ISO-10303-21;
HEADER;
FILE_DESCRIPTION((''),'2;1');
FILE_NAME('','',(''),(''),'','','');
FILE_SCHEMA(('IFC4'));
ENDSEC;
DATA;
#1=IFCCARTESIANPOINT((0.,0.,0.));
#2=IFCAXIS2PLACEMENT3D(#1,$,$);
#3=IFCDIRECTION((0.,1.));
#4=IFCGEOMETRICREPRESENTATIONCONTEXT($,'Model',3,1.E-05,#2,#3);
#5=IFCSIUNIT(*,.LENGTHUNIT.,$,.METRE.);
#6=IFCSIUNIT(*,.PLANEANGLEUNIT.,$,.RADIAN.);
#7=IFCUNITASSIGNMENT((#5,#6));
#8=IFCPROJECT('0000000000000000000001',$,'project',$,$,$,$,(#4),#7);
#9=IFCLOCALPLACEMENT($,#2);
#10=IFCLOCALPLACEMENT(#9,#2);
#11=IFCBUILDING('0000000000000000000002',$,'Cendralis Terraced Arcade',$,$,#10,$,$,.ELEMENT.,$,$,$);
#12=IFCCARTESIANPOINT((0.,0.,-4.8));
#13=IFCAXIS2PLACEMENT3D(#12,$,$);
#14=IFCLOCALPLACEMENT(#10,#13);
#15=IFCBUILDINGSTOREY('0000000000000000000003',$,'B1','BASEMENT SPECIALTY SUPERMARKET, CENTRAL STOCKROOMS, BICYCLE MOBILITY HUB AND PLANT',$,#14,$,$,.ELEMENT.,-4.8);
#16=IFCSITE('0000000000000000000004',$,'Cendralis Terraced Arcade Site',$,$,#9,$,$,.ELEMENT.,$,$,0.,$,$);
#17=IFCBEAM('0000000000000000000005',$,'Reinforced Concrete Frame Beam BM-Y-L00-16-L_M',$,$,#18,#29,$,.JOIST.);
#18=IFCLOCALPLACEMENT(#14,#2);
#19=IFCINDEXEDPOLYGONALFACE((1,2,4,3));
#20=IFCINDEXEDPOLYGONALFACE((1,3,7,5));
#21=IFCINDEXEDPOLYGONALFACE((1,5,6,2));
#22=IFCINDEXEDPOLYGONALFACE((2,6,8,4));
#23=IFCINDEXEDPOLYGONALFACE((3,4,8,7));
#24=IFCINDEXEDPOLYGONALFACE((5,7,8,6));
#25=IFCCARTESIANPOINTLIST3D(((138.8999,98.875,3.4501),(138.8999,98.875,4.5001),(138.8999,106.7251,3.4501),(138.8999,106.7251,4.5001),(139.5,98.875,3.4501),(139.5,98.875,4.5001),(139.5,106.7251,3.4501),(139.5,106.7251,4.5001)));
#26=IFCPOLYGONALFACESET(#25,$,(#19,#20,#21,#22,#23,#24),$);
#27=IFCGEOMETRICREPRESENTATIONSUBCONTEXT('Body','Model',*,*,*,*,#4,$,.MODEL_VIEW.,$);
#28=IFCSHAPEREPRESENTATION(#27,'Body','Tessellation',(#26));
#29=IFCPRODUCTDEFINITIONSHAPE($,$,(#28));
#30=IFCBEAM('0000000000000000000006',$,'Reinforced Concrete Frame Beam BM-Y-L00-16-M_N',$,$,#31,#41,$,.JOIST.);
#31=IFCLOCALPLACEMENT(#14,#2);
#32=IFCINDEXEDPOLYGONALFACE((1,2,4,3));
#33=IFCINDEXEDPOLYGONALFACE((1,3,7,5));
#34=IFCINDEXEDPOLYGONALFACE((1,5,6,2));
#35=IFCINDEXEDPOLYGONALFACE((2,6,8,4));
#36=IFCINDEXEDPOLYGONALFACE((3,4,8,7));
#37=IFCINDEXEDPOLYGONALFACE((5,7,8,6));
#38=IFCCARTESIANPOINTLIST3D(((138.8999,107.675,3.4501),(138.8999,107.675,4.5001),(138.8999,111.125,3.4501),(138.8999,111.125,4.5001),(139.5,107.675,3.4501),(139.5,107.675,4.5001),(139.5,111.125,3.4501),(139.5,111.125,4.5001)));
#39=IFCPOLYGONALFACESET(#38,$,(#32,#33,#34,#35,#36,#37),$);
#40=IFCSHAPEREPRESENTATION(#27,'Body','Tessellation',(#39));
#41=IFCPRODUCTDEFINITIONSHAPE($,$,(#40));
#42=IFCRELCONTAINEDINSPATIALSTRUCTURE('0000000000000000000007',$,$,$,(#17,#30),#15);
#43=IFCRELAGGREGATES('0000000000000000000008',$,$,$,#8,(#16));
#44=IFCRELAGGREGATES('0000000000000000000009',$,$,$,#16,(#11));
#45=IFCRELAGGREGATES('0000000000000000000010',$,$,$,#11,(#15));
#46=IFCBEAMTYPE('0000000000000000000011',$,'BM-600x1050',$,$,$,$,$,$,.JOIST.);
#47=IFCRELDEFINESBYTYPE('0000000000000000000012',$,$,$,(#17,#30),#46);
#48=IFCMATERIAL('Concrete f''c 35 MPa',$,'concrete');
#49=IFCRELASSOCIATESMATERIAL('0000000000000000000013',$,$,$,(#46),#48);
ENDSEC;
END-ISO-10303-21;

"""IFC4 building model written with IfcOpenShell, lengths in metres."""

from ifc_helpers import new_model, si_unit, direction, frame, origin, origin_2d, place, context, subcontext, project, spatial, rectangle, extrude, material, material_profile, profile_set, type_object, element, save


model = new_model("IFC4")

# Units and contexts
model_context = context("Model", 3, precision=1e-05, world=origin(), true_north=direction((0.0, 1.0)))
body_context = subcontext(model_context, "Body", "Model", "MODEL_VIEW")
ifc_project = project(units=[si_unit("LENGTHUNIT", "METRE"), si_unit("PLANEANGLEUNIT", "RADIAN")], contexts=[model_context])

# Site, building, storey
site_placement = place(None, origin())
site = spatial("IfcSite", under=ifc_project, at=site_placement, Name="Cendralis Terraced Arcade Site", CompositionType="ELEMENT", RefElevation=0.0)
building_placement = place(site_placement, origin())
building = spatial("IfcBuilding", under=site, at=building_placement, Name="Cendralis Terraced Arcade", CompositionType="ELEMENT")
storey_placement = place(building_placement, frame((0.0, 0.0, -4.8)))
storey = spatial("IfcBuildingStorey", under=building, at=storey_placement, Name="B1", Description="BASEMENT SPECIALTY SUPERMARKET, CENTRAL STOCKROOMS, BICYCLE MOBILITY HUB AND PLANT", CompositionType="ELEMENT", Elevation=-4.8)

# Shared definitions
ifc_material_1 = material(Name="Concrete f'c 35 MPa", Category="concrete")

# Beams
ifc_material_profile_1 = material_profile(ifc_material_1, rectangle(XDim=0.6001, YDim=1.05, at=origin_2d()), Name="RC-BM-600x1050", Category="LoadBearing")
ifc_profile_set_1 = profile_set([ifc_material_profile_1], Name="Concrete f'c 35 MPa")
beam_type = type_object("IfcBeamType", Name="BM-600x1050", PredefinedType="JOIST", material=ifc_profile_set_1)
beam_1_placement = place(storey_placement, frame((139.2, 98.875, 3.9751), z_axis=(0.0, 1.0, 0.0), x_axis=(-1.0, 0.0, 0.0)))
element("IfcBeam", 1, at=beam_1_placement, inside=storey, type_object=beam_type, Name="Reinforced Concrete Frame Beam BM-Y-L00-16-L_M", PredefinedType="JOIST", context=body_context, shape_type="SweptSolid", body=[
    extrude(rectangle(XDim=0.6001, YDim=1.05, at=origin_2d()), origin(), (0.0, 0.0, 1.0), 7.8501),
])
beam_2_placement = place(storey_placement, frame((139.2, 107.675, 3.9751), z_axis=(0.0, 1.0, 0.0), x_axis=(-1.0, 0.0, 0.0)))
element("IfcBeam", 2, at=beam_2_placement, inside=storey, type_object=beam_type, Name="Reinforced Concrete Frame Beam BM-Y-L00-16-M_N", PredefinedType="JOIST", context=body_context, shape_type="SweptSolid", body=[
    extrude(rectangle(XDim=0.6001, YDim=1.05, at=origin_2d()), origin(), (0.0, 0.0, 1.0), 3.45),
])

save(model, "model.ifc")
